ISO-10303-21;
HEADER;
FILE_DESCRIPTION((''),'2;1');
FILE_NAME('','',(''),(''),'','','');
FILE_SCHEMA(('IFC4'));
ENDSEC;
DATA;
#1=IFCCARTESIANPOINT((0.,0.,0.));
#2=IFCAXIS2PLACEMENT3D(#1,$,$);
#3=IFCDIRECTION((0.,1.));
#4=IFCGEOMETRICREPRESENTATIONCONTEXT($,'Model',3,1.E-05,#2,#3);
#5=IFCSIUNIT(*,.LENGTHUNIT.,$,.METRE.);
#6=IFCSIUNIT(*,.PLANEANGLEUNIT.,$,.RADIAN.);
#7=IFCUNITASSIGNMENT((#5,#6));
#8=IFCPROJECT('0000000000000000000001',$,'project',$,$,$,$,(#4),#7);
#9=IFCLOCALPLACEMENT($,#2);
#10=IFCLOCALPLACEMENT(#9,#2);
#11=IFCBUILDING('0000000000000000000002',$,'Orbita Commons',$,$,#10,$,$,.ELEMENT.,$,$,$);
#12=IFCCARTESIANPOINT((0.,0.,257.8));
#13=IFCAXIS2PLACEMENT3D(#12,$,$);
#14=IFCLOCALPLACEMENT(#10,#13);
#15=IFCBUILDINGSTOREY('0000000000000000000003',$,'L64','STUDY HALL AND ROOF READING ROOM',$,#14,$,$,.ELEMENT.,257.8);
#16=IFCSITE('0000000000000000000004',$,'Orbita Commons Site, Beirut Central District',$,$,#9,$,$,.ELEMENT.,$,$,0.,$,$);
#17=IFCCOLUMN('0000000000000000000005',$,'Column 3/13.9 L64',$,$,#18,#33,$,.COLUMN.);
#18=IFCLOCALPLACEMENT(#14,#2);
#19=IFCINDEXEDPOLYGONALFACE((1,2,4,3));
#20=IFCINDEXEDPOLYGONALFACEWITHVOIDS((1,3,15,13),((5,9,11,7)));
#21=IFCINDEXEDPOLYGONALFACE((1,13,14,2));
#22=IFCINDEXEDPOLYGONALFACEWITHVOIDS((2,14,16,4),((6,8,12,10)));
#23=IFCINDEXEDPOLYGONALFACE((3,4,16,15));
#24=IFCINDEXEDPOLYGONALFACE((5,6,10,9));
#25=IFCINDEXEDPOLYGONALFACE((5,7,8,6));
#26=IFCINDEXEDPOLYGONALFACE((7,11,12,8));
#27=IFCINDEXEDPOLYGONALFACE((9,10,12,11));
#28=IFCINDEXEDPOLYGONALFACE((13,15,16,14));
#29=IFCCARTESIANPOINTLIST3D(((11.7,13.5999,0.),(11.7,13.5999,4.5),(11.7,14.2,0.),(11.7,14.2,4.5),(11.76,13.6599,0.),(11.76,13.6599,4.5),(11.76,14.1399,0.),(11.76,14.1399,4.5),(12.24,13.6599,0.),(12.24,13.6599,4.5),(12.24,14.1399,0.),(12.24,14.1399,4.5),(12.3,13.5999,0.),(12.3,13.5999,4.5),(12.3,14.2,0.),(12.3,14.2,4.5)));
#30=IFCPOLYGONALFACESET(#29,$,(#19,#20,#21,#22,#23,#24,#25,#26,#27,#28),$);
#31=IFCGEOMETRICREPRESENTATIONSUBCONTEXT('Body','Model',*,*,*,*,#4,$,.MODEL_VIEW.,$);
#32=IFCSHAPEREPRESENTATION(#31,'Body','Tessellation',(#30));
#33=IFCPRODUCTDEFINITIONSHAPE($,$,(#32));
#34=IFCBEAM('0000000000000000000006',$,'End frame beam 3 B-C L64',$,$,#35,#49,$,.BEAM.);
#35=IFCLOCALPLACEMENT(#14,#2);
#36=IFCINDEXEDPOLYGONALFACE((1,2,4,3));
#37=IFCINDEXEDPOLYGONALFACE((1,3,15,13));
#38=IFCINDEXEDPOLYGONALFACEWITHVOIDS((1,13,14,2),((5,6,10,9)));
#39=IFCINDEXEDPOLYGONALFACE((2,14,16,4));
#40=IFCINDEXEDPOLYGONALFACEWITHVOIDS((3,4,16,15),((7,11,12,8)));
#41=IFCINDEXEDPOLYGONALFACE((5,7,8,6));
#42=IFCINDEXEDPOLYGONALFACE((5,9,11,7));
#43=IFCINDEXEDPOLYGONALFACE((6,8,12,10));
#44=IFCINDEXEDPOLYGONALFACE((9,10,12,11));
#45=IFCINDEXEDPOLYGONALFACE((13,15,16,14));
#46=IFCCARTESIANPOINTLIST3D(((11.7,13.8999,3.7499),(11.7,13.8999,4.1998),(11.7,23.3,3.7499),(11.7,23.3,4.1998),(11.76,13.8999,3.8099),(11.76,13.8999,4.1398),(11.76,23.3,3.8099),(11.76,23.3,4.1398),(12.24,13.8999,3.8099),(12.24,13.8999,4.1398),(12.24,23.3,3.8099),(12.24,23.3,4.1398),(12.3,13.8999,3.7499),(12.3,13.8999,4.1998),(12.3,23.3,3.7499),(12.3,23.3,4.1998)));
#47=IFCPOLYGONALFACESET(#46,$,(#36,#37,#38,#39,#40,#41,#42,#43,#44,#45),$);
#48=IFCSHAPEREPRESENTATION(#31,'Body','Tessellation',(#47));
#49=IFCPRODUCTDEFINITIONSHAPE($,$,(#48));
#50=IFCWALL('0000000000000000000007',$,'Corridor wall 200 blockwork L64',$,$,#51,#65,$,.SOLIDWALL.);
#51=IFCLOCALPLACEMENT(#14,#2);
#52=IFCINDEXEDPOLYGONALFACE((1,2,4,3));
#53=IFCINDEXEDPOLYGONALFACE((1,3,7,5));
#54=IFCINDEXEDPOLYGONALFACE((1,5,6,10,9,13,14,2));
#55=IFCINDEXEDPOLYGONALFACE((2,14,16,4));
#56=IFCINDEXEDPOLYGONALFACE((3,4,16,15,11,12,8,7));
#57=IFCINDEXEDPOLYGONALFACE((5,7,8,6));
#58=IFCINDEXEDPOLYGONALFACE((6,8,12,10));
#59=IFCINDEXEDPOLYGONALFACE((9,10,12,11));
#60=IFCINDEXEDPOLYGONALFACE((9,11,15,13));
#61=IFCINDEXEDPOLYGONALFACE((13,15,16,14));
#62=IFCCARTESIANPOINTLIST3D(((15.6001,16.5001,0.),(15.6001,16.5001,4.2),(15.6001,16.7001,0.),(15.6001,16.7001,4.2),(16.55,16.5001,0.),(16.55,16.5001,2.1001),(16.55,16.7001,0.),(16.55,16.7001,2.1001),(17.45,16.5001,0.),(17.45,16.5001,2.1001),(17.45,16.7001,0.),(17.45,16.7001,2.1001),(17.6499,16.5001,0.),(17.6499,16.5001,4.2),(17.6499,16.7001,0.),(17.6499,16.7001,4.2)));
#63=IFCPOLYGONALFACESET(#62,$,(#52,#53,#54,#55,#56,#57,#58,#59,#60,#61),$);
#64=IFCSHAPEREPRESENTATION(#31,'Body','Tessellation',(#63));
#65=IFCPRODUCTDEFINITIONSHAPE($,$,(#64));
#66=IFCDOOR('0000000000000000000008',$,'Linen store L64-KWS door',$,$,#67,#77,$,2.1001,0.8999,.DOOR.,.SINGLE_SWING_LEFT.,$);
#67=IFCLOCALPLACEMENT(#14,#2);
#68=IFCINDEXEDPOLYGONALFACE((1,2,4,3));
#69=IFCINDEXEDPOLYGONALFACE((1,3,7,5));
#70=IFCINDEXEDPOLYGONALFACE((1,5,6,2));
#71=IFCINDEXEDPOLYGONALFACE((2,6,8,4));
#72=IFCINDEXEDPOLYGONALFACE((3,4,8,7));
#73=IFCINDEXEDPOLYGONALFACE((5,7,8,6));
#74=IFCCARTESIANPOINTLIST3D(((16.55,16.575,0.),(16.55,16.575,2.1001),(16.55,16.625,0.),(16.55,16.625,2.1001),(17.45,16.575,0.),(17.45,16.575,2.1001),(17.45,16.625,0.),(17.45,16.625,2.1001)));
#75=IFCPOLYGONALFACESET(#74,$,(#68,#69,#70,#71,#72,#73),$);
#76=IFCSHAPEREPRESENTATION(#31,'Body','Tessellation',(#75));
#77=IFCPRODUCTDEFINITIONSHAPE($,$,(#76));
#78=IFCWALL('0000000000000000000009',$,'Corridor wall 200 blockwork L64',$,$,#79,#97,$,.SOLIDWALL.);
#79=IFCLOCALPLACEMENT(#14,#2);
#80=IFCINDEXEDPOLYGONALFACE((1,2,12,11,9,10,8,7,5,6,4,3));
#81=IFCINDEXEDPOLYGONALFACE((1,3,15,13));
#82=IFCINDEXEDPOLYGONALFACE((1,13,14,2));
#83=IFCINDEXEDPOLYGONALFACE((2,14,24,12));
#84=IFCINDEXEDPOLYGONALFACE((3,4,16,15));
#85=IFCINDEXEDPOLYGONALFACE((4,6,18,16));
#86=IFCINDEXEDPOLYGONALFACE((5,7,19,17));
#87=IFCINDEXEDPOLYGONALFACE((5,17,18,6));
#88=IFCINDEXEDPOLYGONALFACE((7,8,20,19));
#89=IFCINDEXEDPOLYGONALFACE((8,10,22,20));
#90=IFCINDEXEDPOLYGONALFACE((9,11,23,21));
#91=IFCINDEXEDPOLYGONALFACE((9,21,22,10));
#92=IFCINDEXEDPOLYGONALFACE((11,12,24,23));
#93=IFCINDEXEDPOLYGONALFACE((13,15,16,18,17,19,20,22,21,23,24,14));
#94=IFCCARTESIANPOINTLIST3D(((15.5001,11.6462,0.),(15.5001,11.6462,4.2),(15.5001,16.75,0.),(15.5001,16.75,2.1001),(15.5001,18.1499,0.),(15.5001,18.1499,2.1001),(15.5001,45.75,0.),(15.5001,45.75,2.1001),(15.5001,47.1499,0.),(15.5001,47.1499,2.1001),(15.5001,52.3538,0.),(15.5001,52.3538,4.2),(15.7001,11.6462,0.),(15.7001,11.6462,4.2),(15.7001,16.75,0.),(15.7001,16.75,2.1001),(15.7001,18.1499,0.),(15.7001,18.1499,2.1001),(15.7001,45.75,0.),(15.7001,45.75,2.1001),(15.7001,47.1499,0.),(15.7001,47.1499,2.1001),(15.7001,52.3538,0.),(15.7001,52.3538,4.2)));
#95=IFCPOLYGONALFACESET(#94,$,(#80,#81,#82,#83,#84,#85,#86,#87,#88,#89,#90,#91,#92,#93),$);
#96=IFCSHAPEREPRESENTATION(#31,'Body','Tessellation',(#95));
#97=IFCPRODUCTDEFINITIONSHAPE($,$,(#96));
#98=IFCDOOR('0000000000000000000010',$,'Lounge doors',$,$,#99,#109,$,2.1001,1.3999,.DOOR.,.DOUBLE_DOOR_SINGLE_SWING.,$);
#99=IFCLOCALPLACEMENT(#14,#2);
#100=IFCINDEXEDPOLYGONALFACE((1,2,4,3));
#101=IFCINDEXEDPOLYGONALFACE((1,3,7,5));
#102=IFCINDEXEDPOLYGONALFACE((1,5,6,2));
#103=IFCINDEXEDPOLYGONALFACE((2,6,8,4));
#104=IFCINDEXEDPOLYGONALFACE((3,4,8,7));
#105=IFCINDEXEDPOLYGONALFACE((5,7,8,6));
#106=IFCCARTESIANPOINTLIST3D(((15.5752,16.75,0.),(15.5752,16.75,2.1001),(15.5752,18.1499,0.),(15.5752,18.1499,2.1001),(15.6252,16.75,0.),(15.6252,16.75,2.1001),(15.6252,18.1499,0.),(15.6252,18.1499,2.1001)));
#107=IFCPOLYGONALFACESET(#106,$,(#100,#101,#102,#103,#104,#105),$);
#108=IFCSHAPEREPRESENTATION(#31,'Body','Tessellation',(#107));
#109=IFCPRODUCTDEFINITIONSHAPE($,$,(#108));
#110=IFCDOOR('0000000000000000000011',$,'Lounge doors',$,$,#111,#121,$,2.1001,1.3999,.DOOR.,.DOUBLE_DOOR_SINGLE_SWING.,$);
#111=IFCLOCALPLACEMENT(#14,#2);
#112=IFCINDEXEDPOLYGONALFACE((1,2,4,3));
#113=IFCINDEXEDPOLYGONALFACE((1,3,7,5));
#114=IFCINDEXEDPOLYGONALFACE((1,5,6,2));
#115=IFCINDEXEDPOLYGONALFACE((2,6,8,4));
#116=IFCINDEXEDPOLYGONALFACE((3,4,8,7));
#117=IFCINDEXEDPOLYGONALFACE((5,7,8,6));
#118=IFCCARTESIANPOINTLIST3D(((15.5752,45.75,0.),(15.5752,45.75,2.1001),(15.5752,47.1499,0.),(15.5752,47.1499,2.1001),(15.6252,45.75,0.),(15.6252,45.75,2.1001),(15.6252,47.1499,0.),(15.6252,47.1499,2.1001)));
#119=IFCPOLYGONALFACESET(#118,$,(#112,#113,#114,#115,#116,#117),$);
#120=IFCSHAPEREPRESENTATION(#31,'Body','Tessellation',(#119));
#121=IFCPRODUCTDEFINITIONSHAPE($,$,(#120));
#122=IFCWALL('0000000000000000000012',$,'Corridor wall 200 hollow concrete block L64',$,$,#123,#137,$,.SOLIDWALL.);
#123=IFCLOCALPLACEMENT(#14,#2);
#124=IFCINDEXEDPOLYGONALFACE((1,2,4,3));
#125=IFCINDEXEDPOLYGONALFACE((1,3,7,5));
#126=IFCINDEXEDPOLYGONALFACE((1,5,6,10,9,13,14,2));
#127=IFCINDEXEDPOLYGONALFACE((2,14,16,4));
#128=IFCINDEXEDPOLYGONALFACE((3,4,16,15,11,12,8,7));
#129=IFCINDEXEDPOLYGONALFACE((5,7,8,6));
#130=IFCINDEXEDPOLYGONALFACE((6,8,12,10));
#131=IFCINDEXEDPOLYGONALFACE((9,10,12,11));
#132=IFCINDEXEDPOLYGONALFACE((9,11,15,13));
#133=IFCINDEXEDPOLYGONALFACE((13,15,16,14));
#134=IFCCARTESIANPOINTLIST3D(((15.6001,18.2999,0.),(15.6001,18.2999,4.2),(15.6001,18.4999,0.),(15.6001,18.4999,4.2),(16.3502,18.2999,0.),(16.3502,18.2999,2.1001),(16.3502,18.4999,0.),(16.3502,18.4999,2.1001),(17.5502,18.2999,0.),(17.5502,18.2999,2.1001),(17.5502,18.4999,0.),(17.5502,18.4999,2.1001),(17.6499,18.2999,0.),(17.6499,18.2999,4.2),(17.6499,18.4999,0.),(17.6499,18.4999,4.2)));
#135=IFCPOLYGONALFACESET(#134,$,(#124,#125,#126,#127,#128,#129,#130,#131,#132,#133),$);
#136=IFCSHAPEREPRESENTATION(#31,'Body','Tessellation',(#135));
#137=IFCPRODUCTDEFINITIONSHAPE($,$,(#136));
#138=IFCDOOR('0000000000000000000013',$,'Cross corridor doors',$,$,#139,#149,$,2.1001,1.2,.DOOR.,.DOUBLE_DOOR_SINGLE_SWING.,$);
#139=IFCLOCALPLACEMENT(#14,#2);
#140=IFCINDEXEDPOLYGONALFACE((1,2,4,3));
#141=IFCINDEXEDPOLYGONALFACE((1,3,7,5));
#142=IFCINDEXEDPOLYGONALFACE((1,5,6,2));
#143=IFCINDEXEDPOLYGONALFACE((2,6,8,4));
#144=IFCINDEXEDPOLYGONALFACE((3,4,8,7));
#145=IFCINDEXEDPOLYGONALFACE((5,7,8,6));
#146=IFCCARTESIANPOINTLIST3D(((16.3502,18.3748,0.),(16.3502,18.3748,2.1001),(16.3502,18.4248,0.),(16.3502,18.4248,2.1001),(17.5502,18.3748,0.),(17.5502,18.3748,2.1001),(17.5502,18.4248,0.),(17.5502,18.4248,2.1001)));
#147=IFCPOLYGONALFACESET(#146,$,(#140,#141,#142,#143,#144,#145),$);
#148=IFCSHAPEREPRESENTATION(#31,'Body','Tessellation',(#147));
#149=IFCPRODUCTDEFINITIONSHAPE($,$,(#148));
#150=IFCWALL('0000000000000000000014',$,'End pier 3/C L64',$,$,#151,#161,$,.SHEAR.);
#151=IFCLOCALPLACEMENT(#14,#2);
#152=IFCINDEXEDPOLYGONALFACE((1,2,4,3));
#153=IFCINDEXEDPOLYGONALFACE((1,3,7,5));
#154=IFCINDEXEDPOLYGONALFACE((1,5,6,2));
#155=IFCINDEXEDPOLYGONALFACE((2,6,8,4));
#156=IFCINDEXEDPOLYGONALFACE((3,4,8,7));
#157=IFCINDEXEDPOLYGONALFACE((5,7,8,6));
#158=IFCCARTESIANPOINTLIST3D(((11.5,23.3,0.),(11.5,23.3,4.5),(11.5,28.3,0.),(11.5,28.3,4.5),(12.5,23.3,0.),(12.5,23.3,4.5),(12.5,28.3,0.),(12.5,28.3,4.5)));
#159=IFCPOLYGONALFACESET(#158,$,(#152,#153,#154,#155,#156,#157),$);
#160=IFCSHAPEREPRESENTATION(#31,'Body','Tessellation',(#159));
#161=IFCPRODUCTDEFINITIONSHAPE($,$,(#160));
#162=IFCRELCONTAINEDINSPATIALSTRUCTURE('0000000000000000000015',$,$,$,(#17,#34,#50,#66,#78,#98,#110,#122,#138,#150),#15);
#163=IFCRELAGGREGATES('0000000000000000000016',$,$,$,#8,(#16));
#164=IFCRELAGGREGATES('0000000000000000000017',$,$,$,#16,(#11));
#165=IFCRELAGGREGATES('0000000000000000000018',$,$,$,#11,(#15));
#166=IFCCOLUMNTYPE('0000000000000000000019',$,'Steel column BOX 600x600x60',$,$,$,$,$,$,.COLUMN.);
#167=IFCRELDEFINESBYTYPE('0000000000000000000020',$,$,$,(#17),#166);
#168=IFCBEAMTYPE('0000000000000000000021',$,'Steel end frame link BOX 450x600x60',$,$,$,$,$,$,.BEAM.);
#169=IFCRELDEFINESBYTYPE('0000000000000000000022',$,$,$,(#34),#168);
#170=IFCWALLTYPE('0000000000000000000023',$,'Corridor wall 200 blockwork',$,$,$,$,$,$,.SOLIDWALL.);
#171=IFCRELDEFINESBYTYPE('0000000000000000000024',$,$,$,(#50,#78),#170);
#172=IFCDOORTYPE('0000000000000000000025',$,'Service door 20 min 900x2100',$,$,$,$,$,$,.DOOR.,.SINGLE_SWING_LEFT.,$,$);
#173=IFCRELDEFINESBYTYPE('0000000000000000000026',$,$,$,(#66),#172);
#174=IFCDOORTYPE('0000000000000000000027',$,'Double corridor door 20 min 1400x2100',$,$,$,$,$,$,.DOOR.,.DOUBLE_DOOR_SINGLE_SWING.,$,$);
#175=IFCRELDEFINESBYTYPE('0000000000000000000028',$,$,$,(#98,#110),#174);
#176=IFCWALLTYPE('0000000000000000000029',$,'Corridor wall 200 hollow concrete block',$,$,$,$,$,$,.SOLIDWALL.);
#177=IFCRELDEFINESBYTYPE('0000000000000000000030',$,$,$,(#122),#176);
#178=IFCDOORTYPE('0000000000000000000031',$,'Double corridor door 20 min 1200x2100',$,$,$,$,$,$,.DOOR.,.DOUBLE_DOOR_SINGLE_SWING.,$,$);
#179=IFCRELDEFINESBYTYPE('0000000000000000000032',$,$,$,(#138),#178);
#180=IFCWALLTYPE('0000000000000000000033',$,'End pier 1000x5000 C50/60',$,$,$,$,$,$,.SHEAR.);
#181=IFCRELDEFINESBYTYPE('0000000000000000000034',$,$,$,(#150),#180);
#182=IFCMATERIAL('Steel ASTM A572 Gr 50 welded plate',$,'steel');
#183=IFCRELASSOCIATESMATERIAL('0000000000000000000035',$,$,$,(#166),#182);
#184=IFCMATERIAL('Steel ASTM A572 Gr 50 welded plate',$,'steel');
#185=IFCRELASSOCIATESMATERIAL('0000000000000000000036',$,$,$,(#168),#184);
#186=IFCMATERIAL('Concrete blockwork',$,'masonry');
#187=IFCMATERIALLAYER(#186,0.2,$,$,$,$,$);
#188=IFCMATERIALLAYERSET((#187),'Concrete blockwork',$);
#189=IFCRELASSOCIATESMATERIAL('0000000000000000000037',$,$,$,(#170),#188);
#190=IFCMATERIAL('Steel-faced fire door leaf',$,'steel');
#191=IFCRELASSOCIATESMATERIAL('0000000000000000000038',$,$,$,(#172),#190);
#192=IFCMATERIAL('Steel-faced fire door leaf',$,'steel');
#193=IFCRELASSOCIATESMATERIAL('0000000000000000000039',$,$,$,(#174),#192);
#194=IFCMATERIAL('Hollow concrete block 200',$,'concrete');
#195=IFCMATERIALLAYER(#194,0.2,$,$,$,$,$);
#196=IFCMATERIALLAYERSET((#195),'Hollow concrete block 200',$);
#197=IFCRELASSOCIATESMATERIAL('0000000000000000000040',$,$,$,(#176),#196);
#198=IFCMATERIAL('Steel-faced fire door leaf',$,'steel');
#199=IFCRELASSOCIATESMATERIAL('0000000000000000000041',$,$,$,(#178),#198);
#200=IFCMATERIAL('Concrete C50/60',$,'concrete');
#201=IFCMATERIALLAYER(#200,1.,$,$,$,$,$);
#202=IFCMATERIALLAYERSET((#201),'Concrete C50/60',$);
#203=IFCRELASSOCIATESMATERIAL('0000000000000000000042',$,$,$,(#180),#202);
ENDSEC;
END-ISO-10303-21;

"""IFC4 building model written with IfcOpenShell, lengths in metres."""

from ifc_helpers import new_model, si_unit, direction, frame, frame_2d, origin, origin_2d, place, context, subcontext, project, spatial, rectangle, hollow_rectangle, extrude, material, layer, layer_set, material_profile, profile_set, type_object, element, fill, save


model = new_model("IFC4")

# Units and contexts
model_context = context("Model", 3, precision=1e-05, world=origin(), true_north=direction((0.0, 1.0)))
body_context = subcontext(model_context, "Body", "Model", "MODEL_VIEW")
ifc_project = project(units=[si_unit("LENGTHUNIT", "METRE"), si_unit("PLANEANGLEUNIT", "RADIAN")], contexts=[model_context])

# Site, building, storey
site_placement = place(None, origin())
site = spatial("IfcSite", under=ifc_project, at=site_placement, Name="Orbita Commons Site, Beirut Central District", CompositionType="ELEMENT", RefElevation=0.0)
building_placement = place(site_placement, origin())
building = spatial("IfcBuilding", under=site, at=building_placement, Name="Orbita Commons", CompositionType="ELEMENT")
storey_placement = place(building_placement, frame((0.0, 0.0, 257.8)))
storey = spatial("IfcBuildingStorey", under=building, at=storey_placement, Name="L64", Description="STUDY HALL AND ROOF READING ROOM", CompositionType="ELEMENT", Elevation=257.8)

# Column
ifc_material_1 = material(Name="Steel ASTM A572 Gr 50 welded plate", Category="steel")
ifc_material_profile_1 = material_profile(ifc_material_1, hollow_rectangle(XDim=0.6001, YDim=0.6001, WallThickness=0.0601, at=origin_2d()), Name="BOX 600x600x60")
ifc_profile_set_1 = profile_set([ifc_material_profile_1], Name="Steel ASTM A572 Gr 50 welded plate")
column_type = type_object("IfcColumnType", Name="Steel column BOX 600x600x60", PredefinedType="COLUMN", material=ifc_profile_set_1)
column_placement = place(storey_placement, frame((12.0, 13.8999, 0.0), z_axis=(0.0, 0.0, 1.0), x_axis=(1.0, 0.0, 0.0)))
element("IfcColumn", 1, at=column_placement, inside=storey, type_object=column_type, Name="Column 3/13.9 L64", PredefinedType="COLUMN", context=body_context, shape_type="SweptSolid", body=[
    extrude(hollow_rectangle(XDim=0.6001, YDim=0.6001, WallThickness=0.0601, at=origin_2d()), origin(), (0.0, 0.0, 1.0), 4.5),
])

# Beam
ifc_material_2 = material(Name="Steel ASTM A572 Gr 50 welded plate", Category="steel")
ifc_material_profile_2 = material_profile(ifc_material_2, hollow_rectangle(XDim=0.6001, YDim=0.45, WallThickness=0.0601, at=origin_2d()), Name="BOX 450x600x60")
ifc_profile_set_2 = profile_set([ifc_material_profile_2], Name="Steel ASTM A572 Gr 50 welded plate")
beam_type = type_object("IfcBeamType", Name="Steel end frame link BOX 450x600x60", PredefinedType="BEAM", material=ifc_profile_set_2)
beam_placement = place(storey_placement, frame((12.0, 13.8999, 3.9749), z_axis=(0.0, 1.0, 0.0), x_axis=(-1.0, 0.0, 0.0)))
element("IfcBeam", 2, at=beam_placement, inside=storey, type_object=beam_type, Name="End frame beam 3 B-C L64", PredefinedType="BEAM", context=body_context, shape_type="SweptSolid", body=[
    extrude(hollow_rectangle(XDim=0.6001, YDim=0.45, WallThickness=0.0601, at=origin_2d()), origin(), (0.0, 0.0, 1.0), 9.4001),
])

# Wall, opening, door
ifc_material_3 = material(Name="Concrete blockwork", Category="masonry")
ifc_layer_1 = layer(ifc_material_3, 0.2)
ifc_layer_set_1 = layer_set([ifc_layer_1], Name="Concrete blockwork")
wall_type_1 = type_object("IfcWallType", Name="Corridor wall 200 blockwork", PredefinedType="SOLIDWALL", material=ifc_layer_set_1)
wall_1_placement = place(storey_placement, frame((15.6001, 16.6001, 0.0), z_axis=(0.0, 0.0, 1.0), x_axis=(1.0, 0.0, 0.0)))
wall_1 = element("IfcWall", 3, at=wall_1_placement, inside=storey, type_object=wall_type_1, Name="Corridor wall 200 blockwork L64", PredefinedType="SOLIDWALL", context=body_context, shape_type="SweptSolid", body=[
    extrude(rectangle(XDim=2.0498, YDim=0.2, at=frame_2d((1.0249, 0.0))), origin(), (0.0, 0.0, 1.0), 4.2),
])
opening_1_placement = place(wall_1_placement, frame((0.95, 0.0, 0.0)))
opening_1 = element("IfcOpeningElement", 4, at=opening_1_placement, cuts=wall_1, PredefinedType="OPENING", context=body_context, shape_type="SweptSolid", body=[
    extrude(rectangle(XDim=0.8999, YDim=2.1001, at=frame_2d((0.45, 1.05))), frame((0.0, 0.1099, 0.0), z_axis=(0.0, -1.0, 0.0), x_axis=(1.0, 0.0, 0.0)), (0.0, 0.0, 1.0), 0.22),
])
ifc_material_4 = material(Name="Steel-faced fire door leaf", Category="steel")
door_type_1 = type_object("IfcDoorType", Name="Service door 20 min 900x2100", OperationType="SINGLE_SWING_LEFT", PredefinedType="DOOR", material=ifc_material_4)
door_1_placement = place(opening_1_placement, origin())
door_1 = element("IfcDoor", 5, at=door_1_placement, inside=storey, type_object=door_type_1, Name="Linen store L64-KWS door", OperationType="SINGLE_SWING_LEFT", OverallHeight=2.1001, OverallWidth=0.8999, PredefinedType="DOOR", context=body_context, shape_type="SweptSolid", body=[
    extrude(rectangle(XDim=0.8999, YDim=2.1001, at=frame_2d((0.45, 1.05))), frame((0.0, 0.0249, 0.0), z_axis=(0.0, -1.0, 0.0), x_axis=(1.0, 0.0, 0.0)), (0.0, 0.0, 1.0), 0.05),
])
fill(opening_1, door_1)

# Wall, openings, doors
wall_2_placement = place(storey_placement, frame((15.6001, 11.6462, 0.0), z_axis=(0.0, 0.0, 1.0), x_axis=(0.0, 1.0, 0.0)))
wall_2 = element("IfcWall", 6, at=wall_2_placement, inside=storey, type_object=wall_type_1, Name="Corridor wall 200 blockwork L64", PredefinedType="SOLIDWALL", context=body_context, shape_type="SweptSolid", body=[
    extrude(rectangle(XDim=40.7075, YDim=0.2, at=frame_2d((20.3538, 0.0))), origin(), (0.0, 0.0, 1.0), 4.2),
])
opening_2_placement = place(wall_2_placement, frame((5.1038, 0.0, 0.0)))
opening_2 = element("IfcOpeningElement", 7, at=opening_2_placement, cuts=wall_2, PredefinedType="OPENING", context=body_context, shape_type="SweptSolid", body=[
    extrude(rectangle(XDim=1.3999, YDim=2.1001, at=frame_2d((0.7, 1.05))), frame((0.0, 0.1099, 0.0), z_axis=(0.0, -1.0, 0.0), x_axis=(1.0, 0.0, 0.0)), (0.0, 0.0, 1.0), 0.22),
])
opening_3_placement = place(wall_2_placement, frame((34.1038, 0.0, 0.0)))
opening_3 = element("IfcOpeningElement", 8, at=opening_3_placement, cuts=wall_2, PredefinedType="OPENING", context=body_context, shape_type="SweptSolid", body=[
    extrude(rectangle(XDim=1.3999, YDim=2.1001, at=frame_2d((0.7, 1.05))), frame((0.0, 0.1099, 0.0), z_axis=(0.0, -1.0, 0.0), x_axis=(1.0, 0.0, 0.0)), (0.0, 0.0, 1.0), 0.22),
])
ifc_material_5 = material(Name="Steel-faced fire door leaf", Category="steel")
door_type_2 = type_object("IfcDoorType", Name="Double corridor door 20 min 1400x2100", OperationType="DOUBLE_DOOR_SINGLE_SWING", PredefinedType="DOOR", material=ifc_material_5)
door_2_placement = place(opening_2_placement, origin())
door_2 = element("IfcDoor", 9, at=door_2_placement, inside=storey, type_object=door_type_2, Name="Lounge doors", OperationType="DOUBLE_DOOR_SINGLE_SWING", OverallHeight=2.1001, OverallWidth=1.3999, PredefinedType="DOOR", context=body_context, shape_type="SweptSolid", body=[
    extrude(rectangle(XDim=1.3999, YDim=2.1001, at=frame_2d((0.7, 1.05))), frame((0.0, 0.0249, 0.0), z_axis=(0.0, -1.0, 0.0), x_axis=(1.0, 0.0, 0.0)), (0.0, 0.0, 1.0), 0.05),
])
fill(opening_2, door_2)
door_3_placement = place(opening_3_placement, origin())
door_3 = element("IfcDoor", 10, at=door_3_placement, inside=storey, type_object=door_type_2, Name="Lounge doors", OperationType="DOUBLE_DOOR_SINGLE_SWING", OverallHeight=2.1001, OverallWidth=1.3999, PredefinedType="DOOR", context=body_context, shape_type="SweptSolid", body=[
    extrude(rectangle(XDim=1.3999, YDim=2.1001, at=frame_2d((0.7, 1.05))), frame((0.0, 0.0249, 0.0), z_axis=(0.0, -1.0, 0.0), x_axis=(1.0, 0.0, 0.0)), (0.0, 0.0, 1.0), 0.05),
])
fill(opening_3, door_3)

# Wall, opening, door
ifc_material_6 = material(Name="Hollow concrete block 200", Category="concrete")
ifc_layer_2 = layer(ifc_material_6, 0.2)
ifc_layer_set_2 = layer_set([ifc_layer_2], Name="Hollow concrete block 200")
wall_type_2 = type_object("IfcWallType", Name="Corridor wall 200 hollow concrete block", PredefinedType="SOLIDWALL", material=ifc_layer_set_2)
wall_3_placement = place(storey_placement, frame((15.6001, 18.3999, 0.0), z_axis=(0.0, 0.0, 1.0), x_axis=(1.0, 0.0, 0.0)))
wall_3 = element("IfcWall", 11, at=wall_3_placement, inside=storey, type_object=wall_type_2, Name="Corridor wall 200 hollow concrete block L64", PredefinedType="SOLIDWALL", context=body_context, shape_type="SweptSolid", body=[
    extrude(rectangle(XDim=2.0498, YDim=0.2, at=frame_2d((1.0249, 0.0))), origin(), (0.0, 0.0, 1.0), 4.2),
])
opening_4_placement = place(wall_3_placement, frame((0.75, 0.0, 0.0)))
opening_4 = element("IfcOpeningElement", 12, at=opening_4_placement, cuts=wall_3, PredefinedType="OPENING", context=body_context, shape_type="SweptSolid", body=[
    extrude(rectangle(XDim=1.2, YDim=2.1001, at=frame_2d((0.6001, 1.05))), frame((0.0, 0.1099, 0.0), z_axis=(0.0, -1.0, 0.0), x_axis=(1.0, 0.0, 0.0)), (0.0, 0.0, 1.0), 0.22),
])
ifc_material_7 = material(Name="Steel-faced fire door leaf", Category="steel")
door_type_3 = type_object("IfcDoorType", Name="Double corridor door 20 min 1200x2100", OperationType="DOUBLE_DOOR_SINGLE_SWING", PredefinedType="DOOR", material=ifc_material_7)
door_4_placement = place(opening_4_placement, origin())
door_4 = element("IfcDoor", 13, at=door_4_placement, inside=storey, type_object=door_type_3, Name="Cross corridor doors", OperationType="DOUBLE_DOOR_SINGLE_SWING", OverallHeight=2.1001, OverallWidth=1.2, PredefinedType="DOOR", context=body_context, shape_type="SweptSolid", body=[
    extrude(rectangle(XDim=1.2, YDim=2.1001, at=frame_2d((0.6001, 1.05))), frame((0.0, 0.0249, 0.0), z_axis=(0.0, -1.0, 0.0), x_axis=(1.0, 0.0, 0.0)), (0.0, 0.0, 1.0), 0.05),
])
fill(opening_4, door_4)

# Wall
ifc_material_8 = material(Name="Concrete C50/60", Category="concrete")
ifc_layer_3 = layer(ifc_material_8, 1.0)
ifc_layer_set_3 = layer_set([ifc_layer_3], Name="Concrete C50/60")
wall_type_3 = type_object("IfcWallType", Name="End pier 1000x5000 C50/60", PredefinedType="SHEAR", material=ifc_layer_set_3)
wall_4_placement = place(storey_placement, frame((12.0, 23.3, 0.0), z_axis=(0.0, 0.0, 1.0), x_axis=(0.0, 1.0, 0.0)))
element("IfcWall", 14, at=wall_4_placement, inside=storey, type_object=wall_type_3, Name="End pier 3/C L64", PredefinedType="SHEAR", context=body_context, shape_type="SweptSolid", body=[
    extrude(rectangle(XDim=5.0, YDim=1.0, at=frame_2d((2.5, 0.0))), origin(), (0.0, 0.0, 1.0), 4.5),
])

save(model, "model.ifc")
